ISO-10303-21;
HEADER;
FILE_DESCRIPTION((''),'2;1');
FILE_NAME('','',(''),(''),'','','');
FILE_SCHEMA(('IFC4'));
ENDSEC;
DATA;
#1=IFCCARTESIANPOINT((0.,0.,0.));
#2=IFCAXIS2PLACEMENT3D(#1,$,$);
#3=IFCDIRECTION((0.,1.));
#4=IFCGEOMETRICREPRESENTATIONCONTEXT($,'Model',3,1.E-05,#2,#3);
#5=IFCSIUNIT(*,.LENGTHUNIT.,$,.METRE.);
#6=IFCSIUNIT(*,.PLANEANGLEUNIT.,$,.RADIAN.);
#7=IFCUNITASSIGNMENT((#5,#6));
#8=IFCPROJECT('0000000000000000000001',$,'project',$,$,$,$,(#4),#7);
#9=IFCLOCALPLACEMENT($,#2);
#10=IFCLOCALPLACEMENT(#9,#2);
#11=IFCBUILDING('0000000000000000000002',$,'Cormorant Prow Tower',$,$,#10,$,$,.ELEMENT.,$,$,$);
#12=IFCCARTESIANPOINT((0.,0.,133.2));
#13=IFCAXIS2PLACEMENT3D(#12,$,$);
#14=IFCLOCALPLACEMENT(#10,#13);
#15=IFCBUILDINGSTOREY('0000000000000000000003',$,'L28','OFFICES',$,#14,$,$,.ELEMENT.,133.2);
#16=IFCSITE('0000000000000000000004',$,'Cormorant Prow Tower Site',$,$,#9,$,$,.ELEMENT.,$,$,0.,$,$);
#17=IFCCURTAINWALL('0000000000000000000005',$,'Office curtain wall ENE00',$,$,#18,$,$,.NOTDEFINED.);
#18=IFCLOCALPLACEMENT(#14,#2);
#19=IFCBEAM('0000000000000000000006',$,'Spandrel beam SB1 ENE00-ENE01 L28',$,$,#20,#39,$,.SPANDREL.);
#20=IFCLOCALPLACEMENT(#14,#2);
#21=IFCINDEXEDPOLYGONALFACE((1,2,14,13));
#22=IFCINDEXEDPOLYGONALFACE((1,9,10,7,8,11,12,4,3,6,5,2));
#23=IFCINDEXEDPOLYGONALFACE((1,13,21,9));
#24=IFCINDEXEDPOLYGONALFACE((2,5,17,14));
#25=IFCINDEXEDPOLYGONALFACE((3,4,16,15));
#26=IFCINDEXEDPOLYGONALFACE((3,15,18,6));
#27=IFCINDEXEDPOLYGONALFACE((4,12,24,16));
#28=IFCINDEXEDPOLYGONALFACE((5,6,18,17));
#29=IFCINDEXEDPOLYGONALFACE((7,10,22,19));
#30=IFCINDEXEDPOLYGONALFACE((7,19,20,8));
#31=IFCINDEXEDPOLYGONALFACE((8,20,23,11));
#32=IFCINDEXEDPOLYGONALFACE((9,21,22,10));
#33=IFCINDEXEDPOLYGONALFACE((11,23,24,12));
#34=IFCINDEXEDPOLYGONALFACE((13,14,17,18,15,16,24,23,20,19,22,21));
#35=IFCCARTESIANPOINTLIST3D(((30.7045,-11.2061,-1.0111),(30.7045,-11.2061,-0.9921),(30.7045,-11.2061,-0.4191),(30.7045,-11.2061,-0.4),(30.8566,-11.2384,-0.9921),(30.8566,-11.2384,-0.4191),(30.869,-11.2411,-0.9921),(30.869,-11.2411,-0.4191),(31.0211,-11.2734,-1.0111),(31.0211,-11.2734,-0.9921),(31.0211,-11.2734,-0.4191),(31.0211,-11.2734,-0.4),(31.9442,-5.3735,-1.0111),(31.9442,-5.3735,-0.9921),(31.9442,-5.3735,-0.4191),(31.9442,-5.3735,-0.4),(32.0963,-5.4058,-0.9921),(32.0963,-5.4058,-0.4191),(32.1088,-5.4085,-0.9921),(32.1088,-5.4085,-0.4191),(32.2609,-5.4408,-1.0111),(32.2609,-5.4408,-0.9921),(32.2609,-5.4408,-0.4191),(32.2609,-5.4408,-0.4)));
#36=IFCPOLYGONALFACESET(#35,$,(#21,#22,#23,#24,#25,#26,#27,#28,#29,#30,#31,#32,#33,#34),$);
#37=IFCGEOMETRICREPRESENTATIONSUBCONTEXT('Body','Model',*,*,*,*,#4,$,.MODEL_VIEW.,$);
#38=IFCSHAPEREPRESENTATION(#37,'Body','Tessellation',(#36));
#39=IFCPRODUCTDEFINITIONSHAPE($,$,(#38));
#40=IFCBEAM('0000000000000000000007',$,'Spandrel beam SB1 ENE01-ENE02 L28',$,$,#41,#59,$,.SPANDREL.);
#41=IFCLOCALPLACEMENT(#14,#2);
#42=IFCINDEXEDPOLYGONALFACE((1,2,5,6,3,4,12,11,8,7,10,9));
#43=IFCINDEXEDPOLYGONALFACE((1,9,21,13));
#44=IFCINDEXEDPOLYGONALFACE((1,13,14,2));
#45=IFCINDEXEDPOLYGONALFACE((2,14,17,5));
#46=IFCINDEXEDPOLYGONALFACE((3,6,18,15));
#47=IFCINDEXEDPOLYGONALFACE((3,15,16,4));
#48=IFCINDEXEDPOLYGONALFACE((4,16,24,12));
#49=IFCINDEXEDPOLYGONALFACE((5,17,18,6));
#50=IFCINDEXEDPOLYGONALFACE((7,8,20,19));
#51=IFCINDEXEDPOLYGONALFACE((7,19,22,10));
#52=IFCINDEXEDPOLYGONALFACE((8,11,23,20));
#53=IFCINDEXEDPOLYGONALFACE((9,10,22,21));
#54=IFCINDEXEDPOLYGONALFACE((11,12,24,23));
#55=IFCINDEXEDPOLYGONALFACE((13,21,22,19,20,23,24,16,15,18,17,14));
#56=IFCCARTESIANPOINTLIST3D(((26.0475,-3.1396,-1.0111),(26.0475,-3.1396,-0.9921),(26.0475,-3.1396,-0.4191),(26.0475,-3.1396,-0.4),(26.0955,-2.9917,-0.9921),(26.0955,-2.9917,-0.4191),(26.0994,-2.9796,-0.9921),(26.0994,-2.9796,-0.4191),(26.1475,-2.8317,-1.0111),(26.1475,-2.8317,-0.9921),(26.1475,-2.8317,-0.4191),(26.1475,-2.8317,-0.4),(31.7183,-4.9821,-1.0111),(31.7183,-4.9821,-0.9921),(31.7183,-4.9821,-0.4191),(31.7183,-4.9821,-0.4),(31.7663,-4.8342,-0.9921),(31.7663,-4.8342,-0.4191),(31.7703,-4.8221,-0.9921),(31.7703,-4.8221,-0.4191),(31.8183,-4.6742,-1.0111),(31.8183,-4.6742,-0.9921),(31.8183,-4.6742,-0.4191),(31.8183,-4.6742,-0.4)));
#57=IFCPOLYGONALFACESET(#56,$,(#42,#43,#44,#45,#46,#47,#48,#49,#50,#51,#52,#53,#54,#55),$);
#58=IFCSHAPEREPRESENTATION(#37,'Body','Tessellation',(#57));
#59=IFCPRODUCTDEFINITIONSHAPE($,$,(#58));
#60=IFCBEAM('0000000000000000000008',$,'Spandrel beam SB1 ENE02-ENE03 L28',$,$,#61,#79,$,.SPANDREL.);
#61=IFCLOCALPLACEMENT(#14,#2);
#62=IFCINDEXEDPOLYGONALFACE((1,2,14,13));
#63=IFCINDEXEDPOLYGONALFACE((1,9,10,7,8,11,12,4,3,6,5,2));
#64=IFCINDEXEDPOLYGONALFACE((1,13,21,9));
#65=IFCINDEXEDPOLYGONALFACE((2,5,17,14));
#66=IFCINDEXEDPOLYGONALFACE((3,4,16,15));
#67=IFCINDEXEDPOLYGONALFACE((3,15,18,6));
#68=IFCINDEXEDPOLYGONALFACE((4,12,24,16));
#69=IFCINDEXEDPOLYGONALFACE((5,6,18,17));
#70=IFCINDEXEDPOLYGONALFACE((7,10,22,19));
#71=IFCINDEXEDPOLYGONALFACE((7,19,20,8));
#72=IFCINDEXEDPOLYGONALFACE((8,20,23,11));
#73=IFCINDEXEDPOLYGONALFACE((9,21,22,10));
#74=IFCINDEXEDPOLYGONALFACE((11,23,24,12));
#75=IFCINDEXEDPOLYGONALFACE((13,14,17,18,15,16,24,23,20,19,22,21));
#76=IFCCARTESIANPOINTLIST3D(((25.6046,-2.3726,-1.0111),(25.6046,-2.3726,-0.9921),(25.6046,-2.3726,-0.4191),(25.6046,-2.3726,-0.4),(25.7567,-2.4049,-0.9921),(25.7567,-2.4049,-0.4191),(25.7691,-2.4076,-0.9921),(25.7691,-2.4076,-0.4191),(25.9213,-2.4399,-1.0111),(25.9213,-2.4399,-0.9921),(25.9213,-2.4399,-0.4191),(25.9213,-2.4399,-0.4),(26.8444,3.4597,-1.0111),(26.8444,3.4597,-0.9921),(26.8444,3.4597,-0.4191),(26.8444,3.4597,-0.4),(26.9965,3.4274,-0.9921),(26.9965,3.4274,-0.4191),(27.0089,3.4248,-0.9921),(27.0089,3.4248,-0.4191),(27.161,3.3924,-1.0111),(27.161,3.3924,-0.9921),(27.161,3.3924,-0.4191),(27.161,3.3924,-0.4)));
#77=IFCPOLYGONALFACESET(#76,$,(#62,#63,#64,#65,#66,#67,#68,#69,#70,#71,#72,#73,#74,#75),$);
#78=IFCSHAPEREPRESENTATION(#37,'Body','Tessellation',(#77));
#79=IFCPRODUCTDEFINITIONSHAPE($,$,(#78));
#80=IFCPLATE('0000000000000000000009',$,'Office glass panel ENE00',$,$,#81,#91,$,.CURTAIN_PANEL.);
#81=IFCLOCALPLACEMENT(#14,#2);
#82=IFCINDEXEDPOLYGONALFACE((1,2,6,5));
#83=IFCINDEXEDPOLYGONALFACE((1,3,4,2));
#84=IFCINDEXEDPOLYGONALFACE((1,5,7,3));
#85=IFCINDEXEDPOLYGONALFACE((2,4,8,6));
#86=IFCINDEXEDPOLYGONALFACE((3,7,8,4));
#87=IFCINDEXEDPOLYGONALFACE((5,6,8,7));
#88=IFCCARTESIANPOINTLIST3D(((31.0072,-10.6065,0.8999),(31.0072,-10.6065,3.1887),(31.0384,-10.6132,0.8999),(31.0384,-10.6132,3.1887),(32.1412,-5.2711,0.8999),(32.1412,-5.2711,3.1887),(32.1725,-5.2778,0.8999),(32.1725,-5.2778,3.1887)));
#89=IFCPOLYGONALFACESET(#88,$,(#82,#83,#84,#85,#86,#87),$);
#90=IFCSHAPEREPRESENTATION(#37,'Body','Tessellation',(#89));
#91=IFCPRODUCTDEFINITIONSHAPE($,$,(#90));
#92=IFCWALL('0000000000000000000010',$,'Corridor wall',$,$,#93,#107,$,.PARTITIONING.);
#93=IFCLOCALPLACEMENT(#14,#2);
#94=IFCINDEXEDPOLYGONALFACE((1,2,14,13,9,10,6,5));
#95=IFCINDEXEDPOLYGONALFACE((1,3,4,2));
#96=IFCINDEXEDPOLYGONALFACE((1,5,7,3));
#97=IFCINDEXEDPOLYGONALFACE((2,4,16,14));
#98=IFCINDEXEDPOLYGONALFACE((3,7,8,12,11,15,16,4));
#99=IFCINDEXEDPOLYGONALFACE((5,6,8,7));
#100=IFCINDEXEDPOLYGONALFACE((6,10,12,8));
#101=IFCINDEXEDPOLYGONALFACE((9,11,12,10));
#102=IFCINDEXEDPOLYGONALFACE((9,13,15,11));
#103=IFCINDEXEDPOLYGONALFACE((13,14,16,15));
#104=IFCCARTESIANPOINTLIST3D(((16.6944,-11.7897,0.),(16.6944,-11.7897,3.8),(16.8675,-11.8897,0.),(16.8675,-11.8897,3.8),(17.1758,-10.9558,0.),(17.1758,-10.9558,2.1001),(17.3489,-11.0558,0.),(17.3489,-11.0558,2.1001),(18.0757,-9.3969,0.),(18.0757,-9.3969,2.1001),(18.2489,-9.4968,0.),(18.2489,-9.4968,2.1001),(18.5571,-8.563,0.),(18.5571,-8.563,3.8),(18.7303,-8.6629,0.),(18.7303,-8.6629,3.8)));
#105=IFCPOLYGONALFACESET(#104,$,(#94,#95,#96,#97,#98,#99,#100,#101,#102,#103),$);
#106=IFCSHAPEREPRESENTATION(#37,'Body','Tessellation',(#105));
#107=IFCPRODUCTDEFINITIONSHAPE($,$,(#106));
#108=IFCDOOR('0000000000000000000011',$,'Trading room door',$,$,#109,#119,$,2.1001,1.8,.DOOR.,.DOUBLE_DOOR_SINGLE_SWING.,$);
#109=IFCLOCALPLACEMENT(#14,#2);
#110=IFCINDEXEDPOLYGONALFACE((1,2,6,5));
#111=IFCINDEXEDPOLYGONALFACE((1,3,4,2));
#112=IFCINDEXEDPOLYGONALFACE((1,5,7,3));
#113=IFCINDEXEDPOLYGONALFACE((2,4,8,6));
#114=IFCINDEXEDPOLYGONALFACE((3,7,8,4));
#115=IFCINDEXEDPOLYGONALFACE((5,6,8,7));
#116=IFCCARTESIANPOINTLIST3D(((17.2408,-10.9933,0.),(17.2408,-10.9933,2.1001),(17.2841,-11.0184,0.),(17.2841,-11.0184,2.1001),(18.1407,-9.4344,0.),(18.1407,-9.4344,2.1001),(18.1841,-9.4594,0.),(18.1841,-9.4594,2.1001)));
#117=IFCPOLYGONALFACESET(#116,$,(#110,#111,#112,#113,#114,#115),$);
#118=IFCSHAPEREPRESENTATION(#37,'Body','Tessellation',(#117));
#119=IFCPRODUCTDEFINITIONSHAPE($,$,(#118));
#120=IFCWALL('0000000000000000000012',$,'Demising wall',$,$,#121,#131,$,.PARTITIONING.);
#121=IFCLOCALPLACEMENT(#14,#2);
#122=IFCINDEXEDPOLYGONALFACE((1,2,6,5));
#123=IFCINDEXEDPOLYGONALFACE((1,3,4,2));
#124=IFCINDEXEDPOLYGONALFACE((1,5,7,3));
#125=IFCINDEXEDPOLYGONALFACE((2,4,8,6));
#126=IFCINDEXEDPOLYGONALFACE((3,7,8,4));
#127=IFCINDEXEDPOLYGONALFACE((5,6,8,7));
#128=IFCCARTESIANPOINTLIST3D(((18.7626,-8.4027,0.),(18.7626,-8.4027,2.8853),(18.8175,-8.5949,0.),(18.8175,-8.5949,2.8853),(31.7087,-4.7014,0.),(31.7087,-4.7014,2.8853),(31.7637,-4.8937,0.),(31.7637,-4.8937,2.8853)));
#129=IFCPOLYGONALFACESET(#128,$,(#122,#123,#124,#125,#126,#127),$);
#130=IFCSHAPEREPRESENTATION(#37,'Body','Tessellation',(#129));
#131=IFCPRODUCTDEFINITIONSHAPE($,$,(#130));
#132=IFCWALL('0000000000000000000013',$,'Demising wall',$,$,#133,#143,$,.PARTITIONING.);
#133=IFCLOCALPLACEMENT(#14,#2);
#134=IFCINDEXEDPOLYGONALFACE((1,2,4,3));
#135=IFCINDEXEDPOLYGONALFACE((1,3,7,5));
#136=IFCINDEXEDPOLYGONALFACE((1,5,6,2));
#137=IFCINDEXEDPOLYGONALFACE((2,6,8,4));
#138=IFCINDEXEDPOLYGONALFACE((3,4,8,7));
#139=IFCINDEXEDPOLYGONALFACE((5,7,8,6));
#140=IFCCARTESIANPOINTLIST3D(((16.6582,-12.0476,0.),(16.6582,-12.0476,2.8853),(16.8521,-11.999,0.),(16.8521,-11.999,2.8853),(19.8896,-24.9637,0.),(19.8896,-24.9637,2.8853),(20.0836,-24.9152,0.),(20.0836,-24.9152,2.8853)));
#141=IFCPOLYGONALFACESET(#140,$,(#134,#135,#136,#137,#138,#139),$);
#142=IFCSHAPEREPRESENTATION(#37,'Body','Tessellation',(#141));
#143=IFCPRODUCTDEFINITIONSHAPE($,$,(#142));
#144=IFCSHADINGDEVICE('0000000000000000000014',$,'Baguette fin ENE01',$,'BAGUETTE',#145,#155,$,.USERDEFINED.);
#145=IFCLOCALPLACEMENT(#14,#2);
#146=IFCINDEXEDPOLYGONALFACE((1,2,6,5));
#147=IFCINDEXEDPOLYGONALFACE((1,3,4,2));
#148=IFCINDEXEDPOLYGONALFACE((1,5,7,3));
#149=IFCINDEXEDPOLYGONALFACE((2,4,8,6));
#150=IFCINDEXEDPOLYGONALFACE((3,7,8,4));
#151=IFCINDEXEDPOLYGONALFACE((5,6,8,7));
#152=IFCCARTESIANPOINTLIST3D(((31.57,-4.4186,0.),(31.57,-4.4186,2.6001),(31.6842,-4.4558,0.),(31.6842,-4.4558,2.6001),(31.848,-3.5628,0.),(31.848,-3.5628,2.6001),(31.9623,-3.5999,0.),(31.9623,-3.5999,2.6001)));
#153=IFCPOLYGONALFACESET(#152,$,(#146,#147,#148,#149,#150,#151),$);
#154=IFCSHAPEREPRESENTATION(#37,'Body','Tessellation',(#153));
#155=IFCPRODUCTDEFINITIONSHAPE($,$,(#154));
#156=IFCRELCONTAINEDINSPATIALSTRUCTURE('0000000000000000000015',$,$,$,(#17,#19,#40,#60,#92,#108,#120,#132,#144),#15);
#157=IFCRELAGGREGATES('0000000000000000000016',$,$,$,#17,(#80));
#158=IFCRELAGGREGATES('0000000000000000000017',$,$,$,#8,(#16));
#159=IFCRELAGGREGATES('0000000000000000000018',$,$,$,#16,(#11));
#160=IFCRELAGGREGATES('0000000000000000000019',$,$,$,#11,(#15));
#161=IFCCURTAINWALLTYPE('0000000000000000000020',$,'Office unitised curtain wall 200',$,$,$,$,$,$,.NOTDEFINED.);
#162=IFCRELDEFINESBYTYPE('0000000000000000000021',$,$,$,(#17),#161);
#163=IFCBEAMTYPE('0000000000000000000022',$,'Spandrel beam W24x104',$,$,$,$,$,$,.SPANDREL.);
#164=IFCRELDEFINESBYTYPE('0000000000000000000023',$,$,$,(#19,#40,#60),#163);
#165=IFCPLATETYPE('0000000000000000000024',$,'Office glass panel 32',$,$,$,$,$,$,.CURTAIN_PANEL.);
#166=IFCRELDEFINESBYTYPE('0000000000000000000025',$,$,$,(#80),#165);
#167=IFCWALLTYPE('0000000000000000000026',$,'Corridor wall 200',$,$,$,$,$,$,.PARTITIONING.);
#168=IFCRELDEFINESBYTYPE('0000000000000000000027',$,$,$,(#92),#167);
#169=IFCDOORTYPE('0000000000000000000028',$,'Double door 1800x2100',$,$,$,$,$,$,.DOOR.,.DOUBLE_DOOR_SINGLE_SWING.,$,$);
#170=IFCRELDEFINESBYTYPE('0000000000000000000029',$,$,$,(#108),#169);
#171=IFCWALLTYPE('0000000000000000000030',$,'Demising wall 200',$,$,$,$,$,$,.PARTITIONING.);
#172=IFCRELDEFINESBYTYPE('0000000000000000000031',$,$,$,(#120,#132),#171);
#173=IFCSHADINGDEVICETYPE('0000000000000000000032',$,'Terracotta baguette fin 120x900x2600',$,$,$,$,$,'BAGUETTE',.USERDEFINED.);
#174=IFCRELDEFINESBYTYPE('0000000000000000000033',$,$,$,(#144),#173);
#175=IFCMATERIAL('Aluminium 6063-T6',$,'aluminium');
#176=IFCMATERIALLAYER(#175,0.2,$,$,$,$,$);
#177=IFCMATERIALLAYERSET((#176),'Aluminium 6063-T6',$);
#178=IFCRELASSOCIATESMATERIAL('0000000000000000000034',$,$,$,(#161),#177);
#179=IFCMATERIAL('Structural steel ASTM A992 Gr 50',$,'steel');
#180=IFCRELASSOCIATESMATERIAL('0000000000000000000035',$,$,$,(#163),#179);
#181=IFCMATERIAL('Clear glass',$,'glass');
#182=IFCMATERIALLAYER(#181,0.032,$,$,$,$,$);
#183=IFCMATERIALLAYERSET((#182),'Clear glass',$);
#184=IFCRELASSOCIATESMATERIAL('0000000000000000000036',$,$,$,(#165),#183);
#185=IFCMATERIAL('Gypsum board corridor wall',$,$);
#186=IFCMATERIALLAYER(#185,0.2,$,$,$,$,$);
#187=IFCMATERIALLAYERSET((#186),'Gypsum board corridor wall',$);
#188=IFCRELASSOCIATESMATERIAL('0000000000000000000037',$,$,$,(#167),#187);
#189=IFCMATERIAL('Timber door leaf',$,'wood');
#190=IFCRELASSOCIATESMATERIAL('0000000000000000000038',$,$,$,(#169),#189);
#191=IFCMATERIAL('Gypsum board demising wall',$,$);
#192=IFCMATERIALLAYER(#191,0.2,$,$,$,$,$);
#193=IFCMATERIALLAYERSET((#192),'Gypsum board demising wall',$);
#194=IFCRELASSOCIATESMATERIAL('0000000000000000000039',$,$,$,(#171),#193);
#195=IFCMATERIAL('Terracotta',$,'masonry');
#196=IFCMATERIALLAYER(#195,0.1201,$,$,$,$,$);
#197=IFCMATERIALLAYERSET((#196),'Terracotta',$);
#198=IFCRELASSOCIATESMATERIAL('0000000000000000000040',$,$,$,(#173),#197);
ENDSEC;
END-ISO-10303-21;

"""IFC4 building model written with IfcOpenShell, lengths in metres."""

from ifc_helpers import new_model, si_unit, direction, frame, frame_2d, origin, origin_2d, place, context, subcontext, project, spatial, rectangle, i_section, extrude, material, layer, layer_set, material_profile, profile_set, type_object, element, fill, aggregate, save


model = new_model("IFC4")

# Units and contexts
model_context = context("Model", 3, precision=1e-05, world=origin(), true_north=direction((0.0, 1.0)))
body_context = subcontext(model_context, "Body", "Model", "MODEL_VIEW")
ifc_project = project(units=[si_unit("LENGTHUNIT", "METRE"), si_unit("PLANEANGLEUNIT", "RADIAN")], contexts=[model_context])

# Site, building, storey
site_placement = place(None, origin())
site = spatial("IfcSite", under=ifc_project, at=site_placement, Name="Cormorant Prow Tower Site", CompositionType="ELEMENT", RefElevation=0.0)
building_placement = place(site_placement, origin())
building = spatial("IfcBuilding", under=site, at=building_placement, Name="Cormorant Prow Tower", CompositionType="ELEMENT")
storey_placement = place(building_placement, frame((0.0, 0.0, 133.2)))
storey = spatial("IfcBuildingStorey", under=building, at=storey_placement, Name="L28", Description="OFFICES", CompositionType="ELEMENT", Elevation=133.2)

# Curtain wall
ifc_material_1 = material(Name="Aluminium 6063-T6", Category="aluminium")
ifc_layer_1 = layer(ifc_material_1, 0.2)
ifc_layer_set_1 = layer_set([ifc_layer_1], Name="Aluminium 6063-T6")
curtain_wall_type = type_object("IfcCurtainWallType", Name="Office unitised curtain wall 200", PredefinedType="NOTDEFINED", material=ifc_layer_set_1)
curtain_wall_1_placement = place(storey_placement, origin())
curtain_wall_1 = element("IfcCurtainWall", 1, at=curtain_wall_1_placement, inside=storey, type_object=curtain_wall_type, Name="Office curtain wall ENE00", PredefinedType="NOTDEFINED")

# Beams
ifc_material_2 = material(Name="Structural steel ASTM A992 Gr 50", Category="steel")
ifc_material_profile_1 = material_profile(ifc_material_2, i_section(OverallWidth=0.3237, OverallDepth=0.6111, WebThickness=0.0127, FlangeThickness=0.019, at=origin_2d()), Name="W24x104")
ifc_profile_set_1 = profile_set([ifc_material_profile_1], Name="Structural steel ASTM A992 Gr 50")
beam_type_1 = type_object("IfcBeamType", Name="Spandrel beam W24x104", PredefinedType="SPANDREL", material=ifc_profile_set_1)
beam_1_placement = place(storey_placement, frame((30.8628, -11.2397, -0.7056), z_axis=(0.207913, 0.978147, 0.0), x_axis=(-0.978147, 0.207913, 0.0)))
element("IfcBeam", 2, at=beam_1_placement, inside=storey, type_object=beam_type_1, Name="Spandrel beam SB1 ENE00-ENE01 L28", PredefinedType="SPANDREL", context=body_context, shape_type="SweptSolid", body=[
    extrude(i_section(OverallWidth=0.3237, OverallDepth=0.6111, WebThickness=0.0127, FlangeThickness=0.019, at=origin_2d()), origin(), (0.0, 0.0, 1.0), 5.9629),
])
for number, where, z_axis, x_axis, name in (
    (3, (31.7683, -4.8281, -0.7056), (-0.951059, 0.309008, 0.0), (-0.309008, -0.951059, 0.0), "Spandrel beam SB1 ENE01-ENE02 L28"),
    (4, (25.7629, -2.4062, -0.7056), (0.207921, 0.978146, 0.0), (-0.978146, 0.207921, 0.0), "Spandrel beam SB1 ENE02-ENE03 L28"),
):
    element("IfcBeam", number, at=place(storey_placement, frame(where, z_axis=z_axis, x_axis=x_axis)), inside=storey, type_object=beam_type_1, Name=name, PredefinedType="SPANDREL", context=body_context, shape_type="SweptSolid", body=[
        extrude(i_section(OverallWidth=0.3237, OverallDepth=0.6111, WebThickness=0.0127, FlangeThickness=0.019, at=origin_2d()), origin(), (0.0, 0.0, 1.0), 5.9626),
    ])

# Plate
ifc_material_3 = material(Name="Clear glass", Category="glass")
ifc_layer_2 = layer(ifc_material_3, 0.032)
ifc_layer_set_2 = layer_set([ifc_layer_2], Name="Clear glass")
plate_type = type_object("IfcPlateType", Name="Office glass panel 32", PredefinedType="CURTAIN_PANEL", material=ifc_layer_set_2)
plate_placement = place(storey_placement, frame((31.5898, -7.9421, 0.8999), z_axis=(0.0, 0.0, 1.0), x_axis=(0.207912, 0.978148, 0.0)))
plate = element("IfcPlate", 5, at=plate_placement, type_object=plate_type, Name="Office glass panel ENE00", PredefinedType="CURTAIN_PANEL", context=body_context, shape_type="SweptSolid", body=[
    extrude(rectangle(XDim=5.4546, YDim=0.032, at=origin_2d()), origin(), (0.0, 0.0, 1.0), 2.2888),
])
aggregate(curtain_wall_1, [plate])

# Wall, opening, door
ifc_material_4 = material(Name="Gypsum board corridor wall")
ifc_layer_3 = layer(ifc_material_4, 0.2)
ifc_layer_set_3 = layer_set([ifc_layer_3], Name="Gypsum board corridor wall")
wall_type_1 = type_object("IfcWallType", Name="Corridor wall 200", PredefinedType="PARTITIONING", material=ifc_layer_set_3)
wall_1_placement = place(storey_placement, frame((16.781, -11.8396, 0.0), z_axis=(0.0, 0.0, 1.0), x_axis=(0.499959, 0.866049, 0.0)))
wall_1 = element("IfcWall", 6, at=wall_1_placement, inside=storey, type_object=wall_type_1, Name="Corridor wall", PredefinedType="PARTITIONING", context=body_context, shape_type="SweptSolid", body=[
    extrude(rectangle(XDim=3.7258, YDim=0.2, at=frame_2d((1.8628, 0.0))), origin(), (0.0, 0.0, 1.0), 3.8),
])
opening_1_placement = place(wall_1_placement, frame((0.9629, 0.0, 0.0)))
opening_1 = element("IfcOpeningElement", 7, at=opening_1_placement, cuts=wall_1, PredefinedType="OPENING", context=body_context, shape_type="SweptSolid", body=[
    extrude(rectangle(XDim=1.8, YDim=2.1001, at=frame_2d((0.8999, 1.05))), frame((0.0, 0.1099, 0.0), z_axis=(0.0, -1.0, 0.0), x_axis=(1.0, 0.0, 0.0)), (0.0, 0.0, 1.0), 0.22),
])
ifc_material_5 = material(Name="Timber door leaf", Category="wood")
door_type_1 = type_object("IfcDoorType", Name="Double door 1800x2100", OperationType="DOUBLE_DOOR_SINGLE_SWING", PredefinedType="DOOR", material=ifc_material_5)
door_1_placement = place(opening_1_placement, origin())
door_1 = element("IfcDoor", 8, at=door_1_placement, inside=storey, type_object=door_type_1, Name="Trading room door", OperationType="DOUBLE_DOOR_SINGLE_SWING", OverallHeight=2.1001, OverallWidth=1.8, PredefinedType="DOOR", context=body_context, shape_type="SweptSolid", body=[
    extrude(rectangle(XDim=1.8, YDim=2.1001, at=frame_2d((0.8999, 1.05))), frame((0.0, 0.0249, 0.0), z_axis=(0.0, -1.0, 0.0), x_axis=(1.0, 0.0, 0.0)), (0.0, 0.0, 1.0), 0.05),
])
fill(opening_1, door_1)

# Walls
ifc_material_6 = material(Name="Gypsum board demising wall")
ifc_layer_4 = layer(ifc_material_6, 0.2)
ifc_layer_set_4 = layer_set([ifc_layer_4], Name="Gypsum board demising wall")
wall_type_2 = type_object("IfcWallType", Name="Demising wall 200", PredefinedType="PARTITIONING", material=ifc_layer_set_4)
wall_2_placement = place(storey_placement, frame((18.79, -8.4988, 0.0), z_axis=(0.0, 0.0, 1.0), x_axis=(0.961479, 0.274879, 0.0)))
element("IfcWall", 9, at=wall_2_placement, inside=storey, type_object=wall_type_2, Name="Demising wall", PredefinedType="PARTITIONING", context=body_context, shape_type="SweptSolid", body=[
    extrude(rectangle(XDim=13.4648, YDim=0.2, at=frame_2d((6.7324, 0.0))), origin(), (0.0, 0.0, 1.0), 2.8853),
])
wall_3_placement = place(storey_placement, frame((16.7551, -12.0232, 0.0), z_axis=(0.0, 0.0, 1.0), x_axis=(0.242708, -0.970099, 0.0)))
element("IfcWall", 10, at=wall_3_placement, inside=storey, type_object=wall_type_2, Name="Demising wall", PredefinedType="PARTITIONING", context=body_context, shape_type="SweptSolid", body=[
    extrude(rectangle(XDim=13.3142, YDim=0.2, at=frame_2d((6.6572, 0.0))), origin(), (0.0, 0.0, 1.0), 2.8853),
])

# Shading device
ifc_material_7 = material(Name="Terracotta", Category="masonry")
ifc_layer_5 = layer(ifc_material_7, 0.1201)
ifc_layer_set_5 = layer_set([ifc_layer_5], Name="Terracotta")
shading_device_type = type_object("IfcShadingDeviceType", Name="Terracotta baguette fin 120x900x2600", ElementType="BAGUETTE", PredefinedType="USERDEFINED", material=ifc_layer_set_5)
shading_device_placement = place(storey_placement, frame((31.7661, -4.0093, 0.0), z_axis=(0.0, 0.0, 1.0), x_axis=(-0.951056, 0.309017, 0.0)))
element("IfcShadingDevice", 11, at=shading_device_placement, inside=storey, type_object=shading_device_type, Name="Baguette fin ENE01", ObjectType="BAGUETTE", PredefinedType="USERDEFINED", context=body_context, shape_type="SweptSolid", body=[
    extrude(rectangle(XDim=0.1201, YDim=0.8999, at=origin_2d()), origin(), (0.0, 0.0, 1.0), 2.6001),
])

save(model, "model.ifc")
